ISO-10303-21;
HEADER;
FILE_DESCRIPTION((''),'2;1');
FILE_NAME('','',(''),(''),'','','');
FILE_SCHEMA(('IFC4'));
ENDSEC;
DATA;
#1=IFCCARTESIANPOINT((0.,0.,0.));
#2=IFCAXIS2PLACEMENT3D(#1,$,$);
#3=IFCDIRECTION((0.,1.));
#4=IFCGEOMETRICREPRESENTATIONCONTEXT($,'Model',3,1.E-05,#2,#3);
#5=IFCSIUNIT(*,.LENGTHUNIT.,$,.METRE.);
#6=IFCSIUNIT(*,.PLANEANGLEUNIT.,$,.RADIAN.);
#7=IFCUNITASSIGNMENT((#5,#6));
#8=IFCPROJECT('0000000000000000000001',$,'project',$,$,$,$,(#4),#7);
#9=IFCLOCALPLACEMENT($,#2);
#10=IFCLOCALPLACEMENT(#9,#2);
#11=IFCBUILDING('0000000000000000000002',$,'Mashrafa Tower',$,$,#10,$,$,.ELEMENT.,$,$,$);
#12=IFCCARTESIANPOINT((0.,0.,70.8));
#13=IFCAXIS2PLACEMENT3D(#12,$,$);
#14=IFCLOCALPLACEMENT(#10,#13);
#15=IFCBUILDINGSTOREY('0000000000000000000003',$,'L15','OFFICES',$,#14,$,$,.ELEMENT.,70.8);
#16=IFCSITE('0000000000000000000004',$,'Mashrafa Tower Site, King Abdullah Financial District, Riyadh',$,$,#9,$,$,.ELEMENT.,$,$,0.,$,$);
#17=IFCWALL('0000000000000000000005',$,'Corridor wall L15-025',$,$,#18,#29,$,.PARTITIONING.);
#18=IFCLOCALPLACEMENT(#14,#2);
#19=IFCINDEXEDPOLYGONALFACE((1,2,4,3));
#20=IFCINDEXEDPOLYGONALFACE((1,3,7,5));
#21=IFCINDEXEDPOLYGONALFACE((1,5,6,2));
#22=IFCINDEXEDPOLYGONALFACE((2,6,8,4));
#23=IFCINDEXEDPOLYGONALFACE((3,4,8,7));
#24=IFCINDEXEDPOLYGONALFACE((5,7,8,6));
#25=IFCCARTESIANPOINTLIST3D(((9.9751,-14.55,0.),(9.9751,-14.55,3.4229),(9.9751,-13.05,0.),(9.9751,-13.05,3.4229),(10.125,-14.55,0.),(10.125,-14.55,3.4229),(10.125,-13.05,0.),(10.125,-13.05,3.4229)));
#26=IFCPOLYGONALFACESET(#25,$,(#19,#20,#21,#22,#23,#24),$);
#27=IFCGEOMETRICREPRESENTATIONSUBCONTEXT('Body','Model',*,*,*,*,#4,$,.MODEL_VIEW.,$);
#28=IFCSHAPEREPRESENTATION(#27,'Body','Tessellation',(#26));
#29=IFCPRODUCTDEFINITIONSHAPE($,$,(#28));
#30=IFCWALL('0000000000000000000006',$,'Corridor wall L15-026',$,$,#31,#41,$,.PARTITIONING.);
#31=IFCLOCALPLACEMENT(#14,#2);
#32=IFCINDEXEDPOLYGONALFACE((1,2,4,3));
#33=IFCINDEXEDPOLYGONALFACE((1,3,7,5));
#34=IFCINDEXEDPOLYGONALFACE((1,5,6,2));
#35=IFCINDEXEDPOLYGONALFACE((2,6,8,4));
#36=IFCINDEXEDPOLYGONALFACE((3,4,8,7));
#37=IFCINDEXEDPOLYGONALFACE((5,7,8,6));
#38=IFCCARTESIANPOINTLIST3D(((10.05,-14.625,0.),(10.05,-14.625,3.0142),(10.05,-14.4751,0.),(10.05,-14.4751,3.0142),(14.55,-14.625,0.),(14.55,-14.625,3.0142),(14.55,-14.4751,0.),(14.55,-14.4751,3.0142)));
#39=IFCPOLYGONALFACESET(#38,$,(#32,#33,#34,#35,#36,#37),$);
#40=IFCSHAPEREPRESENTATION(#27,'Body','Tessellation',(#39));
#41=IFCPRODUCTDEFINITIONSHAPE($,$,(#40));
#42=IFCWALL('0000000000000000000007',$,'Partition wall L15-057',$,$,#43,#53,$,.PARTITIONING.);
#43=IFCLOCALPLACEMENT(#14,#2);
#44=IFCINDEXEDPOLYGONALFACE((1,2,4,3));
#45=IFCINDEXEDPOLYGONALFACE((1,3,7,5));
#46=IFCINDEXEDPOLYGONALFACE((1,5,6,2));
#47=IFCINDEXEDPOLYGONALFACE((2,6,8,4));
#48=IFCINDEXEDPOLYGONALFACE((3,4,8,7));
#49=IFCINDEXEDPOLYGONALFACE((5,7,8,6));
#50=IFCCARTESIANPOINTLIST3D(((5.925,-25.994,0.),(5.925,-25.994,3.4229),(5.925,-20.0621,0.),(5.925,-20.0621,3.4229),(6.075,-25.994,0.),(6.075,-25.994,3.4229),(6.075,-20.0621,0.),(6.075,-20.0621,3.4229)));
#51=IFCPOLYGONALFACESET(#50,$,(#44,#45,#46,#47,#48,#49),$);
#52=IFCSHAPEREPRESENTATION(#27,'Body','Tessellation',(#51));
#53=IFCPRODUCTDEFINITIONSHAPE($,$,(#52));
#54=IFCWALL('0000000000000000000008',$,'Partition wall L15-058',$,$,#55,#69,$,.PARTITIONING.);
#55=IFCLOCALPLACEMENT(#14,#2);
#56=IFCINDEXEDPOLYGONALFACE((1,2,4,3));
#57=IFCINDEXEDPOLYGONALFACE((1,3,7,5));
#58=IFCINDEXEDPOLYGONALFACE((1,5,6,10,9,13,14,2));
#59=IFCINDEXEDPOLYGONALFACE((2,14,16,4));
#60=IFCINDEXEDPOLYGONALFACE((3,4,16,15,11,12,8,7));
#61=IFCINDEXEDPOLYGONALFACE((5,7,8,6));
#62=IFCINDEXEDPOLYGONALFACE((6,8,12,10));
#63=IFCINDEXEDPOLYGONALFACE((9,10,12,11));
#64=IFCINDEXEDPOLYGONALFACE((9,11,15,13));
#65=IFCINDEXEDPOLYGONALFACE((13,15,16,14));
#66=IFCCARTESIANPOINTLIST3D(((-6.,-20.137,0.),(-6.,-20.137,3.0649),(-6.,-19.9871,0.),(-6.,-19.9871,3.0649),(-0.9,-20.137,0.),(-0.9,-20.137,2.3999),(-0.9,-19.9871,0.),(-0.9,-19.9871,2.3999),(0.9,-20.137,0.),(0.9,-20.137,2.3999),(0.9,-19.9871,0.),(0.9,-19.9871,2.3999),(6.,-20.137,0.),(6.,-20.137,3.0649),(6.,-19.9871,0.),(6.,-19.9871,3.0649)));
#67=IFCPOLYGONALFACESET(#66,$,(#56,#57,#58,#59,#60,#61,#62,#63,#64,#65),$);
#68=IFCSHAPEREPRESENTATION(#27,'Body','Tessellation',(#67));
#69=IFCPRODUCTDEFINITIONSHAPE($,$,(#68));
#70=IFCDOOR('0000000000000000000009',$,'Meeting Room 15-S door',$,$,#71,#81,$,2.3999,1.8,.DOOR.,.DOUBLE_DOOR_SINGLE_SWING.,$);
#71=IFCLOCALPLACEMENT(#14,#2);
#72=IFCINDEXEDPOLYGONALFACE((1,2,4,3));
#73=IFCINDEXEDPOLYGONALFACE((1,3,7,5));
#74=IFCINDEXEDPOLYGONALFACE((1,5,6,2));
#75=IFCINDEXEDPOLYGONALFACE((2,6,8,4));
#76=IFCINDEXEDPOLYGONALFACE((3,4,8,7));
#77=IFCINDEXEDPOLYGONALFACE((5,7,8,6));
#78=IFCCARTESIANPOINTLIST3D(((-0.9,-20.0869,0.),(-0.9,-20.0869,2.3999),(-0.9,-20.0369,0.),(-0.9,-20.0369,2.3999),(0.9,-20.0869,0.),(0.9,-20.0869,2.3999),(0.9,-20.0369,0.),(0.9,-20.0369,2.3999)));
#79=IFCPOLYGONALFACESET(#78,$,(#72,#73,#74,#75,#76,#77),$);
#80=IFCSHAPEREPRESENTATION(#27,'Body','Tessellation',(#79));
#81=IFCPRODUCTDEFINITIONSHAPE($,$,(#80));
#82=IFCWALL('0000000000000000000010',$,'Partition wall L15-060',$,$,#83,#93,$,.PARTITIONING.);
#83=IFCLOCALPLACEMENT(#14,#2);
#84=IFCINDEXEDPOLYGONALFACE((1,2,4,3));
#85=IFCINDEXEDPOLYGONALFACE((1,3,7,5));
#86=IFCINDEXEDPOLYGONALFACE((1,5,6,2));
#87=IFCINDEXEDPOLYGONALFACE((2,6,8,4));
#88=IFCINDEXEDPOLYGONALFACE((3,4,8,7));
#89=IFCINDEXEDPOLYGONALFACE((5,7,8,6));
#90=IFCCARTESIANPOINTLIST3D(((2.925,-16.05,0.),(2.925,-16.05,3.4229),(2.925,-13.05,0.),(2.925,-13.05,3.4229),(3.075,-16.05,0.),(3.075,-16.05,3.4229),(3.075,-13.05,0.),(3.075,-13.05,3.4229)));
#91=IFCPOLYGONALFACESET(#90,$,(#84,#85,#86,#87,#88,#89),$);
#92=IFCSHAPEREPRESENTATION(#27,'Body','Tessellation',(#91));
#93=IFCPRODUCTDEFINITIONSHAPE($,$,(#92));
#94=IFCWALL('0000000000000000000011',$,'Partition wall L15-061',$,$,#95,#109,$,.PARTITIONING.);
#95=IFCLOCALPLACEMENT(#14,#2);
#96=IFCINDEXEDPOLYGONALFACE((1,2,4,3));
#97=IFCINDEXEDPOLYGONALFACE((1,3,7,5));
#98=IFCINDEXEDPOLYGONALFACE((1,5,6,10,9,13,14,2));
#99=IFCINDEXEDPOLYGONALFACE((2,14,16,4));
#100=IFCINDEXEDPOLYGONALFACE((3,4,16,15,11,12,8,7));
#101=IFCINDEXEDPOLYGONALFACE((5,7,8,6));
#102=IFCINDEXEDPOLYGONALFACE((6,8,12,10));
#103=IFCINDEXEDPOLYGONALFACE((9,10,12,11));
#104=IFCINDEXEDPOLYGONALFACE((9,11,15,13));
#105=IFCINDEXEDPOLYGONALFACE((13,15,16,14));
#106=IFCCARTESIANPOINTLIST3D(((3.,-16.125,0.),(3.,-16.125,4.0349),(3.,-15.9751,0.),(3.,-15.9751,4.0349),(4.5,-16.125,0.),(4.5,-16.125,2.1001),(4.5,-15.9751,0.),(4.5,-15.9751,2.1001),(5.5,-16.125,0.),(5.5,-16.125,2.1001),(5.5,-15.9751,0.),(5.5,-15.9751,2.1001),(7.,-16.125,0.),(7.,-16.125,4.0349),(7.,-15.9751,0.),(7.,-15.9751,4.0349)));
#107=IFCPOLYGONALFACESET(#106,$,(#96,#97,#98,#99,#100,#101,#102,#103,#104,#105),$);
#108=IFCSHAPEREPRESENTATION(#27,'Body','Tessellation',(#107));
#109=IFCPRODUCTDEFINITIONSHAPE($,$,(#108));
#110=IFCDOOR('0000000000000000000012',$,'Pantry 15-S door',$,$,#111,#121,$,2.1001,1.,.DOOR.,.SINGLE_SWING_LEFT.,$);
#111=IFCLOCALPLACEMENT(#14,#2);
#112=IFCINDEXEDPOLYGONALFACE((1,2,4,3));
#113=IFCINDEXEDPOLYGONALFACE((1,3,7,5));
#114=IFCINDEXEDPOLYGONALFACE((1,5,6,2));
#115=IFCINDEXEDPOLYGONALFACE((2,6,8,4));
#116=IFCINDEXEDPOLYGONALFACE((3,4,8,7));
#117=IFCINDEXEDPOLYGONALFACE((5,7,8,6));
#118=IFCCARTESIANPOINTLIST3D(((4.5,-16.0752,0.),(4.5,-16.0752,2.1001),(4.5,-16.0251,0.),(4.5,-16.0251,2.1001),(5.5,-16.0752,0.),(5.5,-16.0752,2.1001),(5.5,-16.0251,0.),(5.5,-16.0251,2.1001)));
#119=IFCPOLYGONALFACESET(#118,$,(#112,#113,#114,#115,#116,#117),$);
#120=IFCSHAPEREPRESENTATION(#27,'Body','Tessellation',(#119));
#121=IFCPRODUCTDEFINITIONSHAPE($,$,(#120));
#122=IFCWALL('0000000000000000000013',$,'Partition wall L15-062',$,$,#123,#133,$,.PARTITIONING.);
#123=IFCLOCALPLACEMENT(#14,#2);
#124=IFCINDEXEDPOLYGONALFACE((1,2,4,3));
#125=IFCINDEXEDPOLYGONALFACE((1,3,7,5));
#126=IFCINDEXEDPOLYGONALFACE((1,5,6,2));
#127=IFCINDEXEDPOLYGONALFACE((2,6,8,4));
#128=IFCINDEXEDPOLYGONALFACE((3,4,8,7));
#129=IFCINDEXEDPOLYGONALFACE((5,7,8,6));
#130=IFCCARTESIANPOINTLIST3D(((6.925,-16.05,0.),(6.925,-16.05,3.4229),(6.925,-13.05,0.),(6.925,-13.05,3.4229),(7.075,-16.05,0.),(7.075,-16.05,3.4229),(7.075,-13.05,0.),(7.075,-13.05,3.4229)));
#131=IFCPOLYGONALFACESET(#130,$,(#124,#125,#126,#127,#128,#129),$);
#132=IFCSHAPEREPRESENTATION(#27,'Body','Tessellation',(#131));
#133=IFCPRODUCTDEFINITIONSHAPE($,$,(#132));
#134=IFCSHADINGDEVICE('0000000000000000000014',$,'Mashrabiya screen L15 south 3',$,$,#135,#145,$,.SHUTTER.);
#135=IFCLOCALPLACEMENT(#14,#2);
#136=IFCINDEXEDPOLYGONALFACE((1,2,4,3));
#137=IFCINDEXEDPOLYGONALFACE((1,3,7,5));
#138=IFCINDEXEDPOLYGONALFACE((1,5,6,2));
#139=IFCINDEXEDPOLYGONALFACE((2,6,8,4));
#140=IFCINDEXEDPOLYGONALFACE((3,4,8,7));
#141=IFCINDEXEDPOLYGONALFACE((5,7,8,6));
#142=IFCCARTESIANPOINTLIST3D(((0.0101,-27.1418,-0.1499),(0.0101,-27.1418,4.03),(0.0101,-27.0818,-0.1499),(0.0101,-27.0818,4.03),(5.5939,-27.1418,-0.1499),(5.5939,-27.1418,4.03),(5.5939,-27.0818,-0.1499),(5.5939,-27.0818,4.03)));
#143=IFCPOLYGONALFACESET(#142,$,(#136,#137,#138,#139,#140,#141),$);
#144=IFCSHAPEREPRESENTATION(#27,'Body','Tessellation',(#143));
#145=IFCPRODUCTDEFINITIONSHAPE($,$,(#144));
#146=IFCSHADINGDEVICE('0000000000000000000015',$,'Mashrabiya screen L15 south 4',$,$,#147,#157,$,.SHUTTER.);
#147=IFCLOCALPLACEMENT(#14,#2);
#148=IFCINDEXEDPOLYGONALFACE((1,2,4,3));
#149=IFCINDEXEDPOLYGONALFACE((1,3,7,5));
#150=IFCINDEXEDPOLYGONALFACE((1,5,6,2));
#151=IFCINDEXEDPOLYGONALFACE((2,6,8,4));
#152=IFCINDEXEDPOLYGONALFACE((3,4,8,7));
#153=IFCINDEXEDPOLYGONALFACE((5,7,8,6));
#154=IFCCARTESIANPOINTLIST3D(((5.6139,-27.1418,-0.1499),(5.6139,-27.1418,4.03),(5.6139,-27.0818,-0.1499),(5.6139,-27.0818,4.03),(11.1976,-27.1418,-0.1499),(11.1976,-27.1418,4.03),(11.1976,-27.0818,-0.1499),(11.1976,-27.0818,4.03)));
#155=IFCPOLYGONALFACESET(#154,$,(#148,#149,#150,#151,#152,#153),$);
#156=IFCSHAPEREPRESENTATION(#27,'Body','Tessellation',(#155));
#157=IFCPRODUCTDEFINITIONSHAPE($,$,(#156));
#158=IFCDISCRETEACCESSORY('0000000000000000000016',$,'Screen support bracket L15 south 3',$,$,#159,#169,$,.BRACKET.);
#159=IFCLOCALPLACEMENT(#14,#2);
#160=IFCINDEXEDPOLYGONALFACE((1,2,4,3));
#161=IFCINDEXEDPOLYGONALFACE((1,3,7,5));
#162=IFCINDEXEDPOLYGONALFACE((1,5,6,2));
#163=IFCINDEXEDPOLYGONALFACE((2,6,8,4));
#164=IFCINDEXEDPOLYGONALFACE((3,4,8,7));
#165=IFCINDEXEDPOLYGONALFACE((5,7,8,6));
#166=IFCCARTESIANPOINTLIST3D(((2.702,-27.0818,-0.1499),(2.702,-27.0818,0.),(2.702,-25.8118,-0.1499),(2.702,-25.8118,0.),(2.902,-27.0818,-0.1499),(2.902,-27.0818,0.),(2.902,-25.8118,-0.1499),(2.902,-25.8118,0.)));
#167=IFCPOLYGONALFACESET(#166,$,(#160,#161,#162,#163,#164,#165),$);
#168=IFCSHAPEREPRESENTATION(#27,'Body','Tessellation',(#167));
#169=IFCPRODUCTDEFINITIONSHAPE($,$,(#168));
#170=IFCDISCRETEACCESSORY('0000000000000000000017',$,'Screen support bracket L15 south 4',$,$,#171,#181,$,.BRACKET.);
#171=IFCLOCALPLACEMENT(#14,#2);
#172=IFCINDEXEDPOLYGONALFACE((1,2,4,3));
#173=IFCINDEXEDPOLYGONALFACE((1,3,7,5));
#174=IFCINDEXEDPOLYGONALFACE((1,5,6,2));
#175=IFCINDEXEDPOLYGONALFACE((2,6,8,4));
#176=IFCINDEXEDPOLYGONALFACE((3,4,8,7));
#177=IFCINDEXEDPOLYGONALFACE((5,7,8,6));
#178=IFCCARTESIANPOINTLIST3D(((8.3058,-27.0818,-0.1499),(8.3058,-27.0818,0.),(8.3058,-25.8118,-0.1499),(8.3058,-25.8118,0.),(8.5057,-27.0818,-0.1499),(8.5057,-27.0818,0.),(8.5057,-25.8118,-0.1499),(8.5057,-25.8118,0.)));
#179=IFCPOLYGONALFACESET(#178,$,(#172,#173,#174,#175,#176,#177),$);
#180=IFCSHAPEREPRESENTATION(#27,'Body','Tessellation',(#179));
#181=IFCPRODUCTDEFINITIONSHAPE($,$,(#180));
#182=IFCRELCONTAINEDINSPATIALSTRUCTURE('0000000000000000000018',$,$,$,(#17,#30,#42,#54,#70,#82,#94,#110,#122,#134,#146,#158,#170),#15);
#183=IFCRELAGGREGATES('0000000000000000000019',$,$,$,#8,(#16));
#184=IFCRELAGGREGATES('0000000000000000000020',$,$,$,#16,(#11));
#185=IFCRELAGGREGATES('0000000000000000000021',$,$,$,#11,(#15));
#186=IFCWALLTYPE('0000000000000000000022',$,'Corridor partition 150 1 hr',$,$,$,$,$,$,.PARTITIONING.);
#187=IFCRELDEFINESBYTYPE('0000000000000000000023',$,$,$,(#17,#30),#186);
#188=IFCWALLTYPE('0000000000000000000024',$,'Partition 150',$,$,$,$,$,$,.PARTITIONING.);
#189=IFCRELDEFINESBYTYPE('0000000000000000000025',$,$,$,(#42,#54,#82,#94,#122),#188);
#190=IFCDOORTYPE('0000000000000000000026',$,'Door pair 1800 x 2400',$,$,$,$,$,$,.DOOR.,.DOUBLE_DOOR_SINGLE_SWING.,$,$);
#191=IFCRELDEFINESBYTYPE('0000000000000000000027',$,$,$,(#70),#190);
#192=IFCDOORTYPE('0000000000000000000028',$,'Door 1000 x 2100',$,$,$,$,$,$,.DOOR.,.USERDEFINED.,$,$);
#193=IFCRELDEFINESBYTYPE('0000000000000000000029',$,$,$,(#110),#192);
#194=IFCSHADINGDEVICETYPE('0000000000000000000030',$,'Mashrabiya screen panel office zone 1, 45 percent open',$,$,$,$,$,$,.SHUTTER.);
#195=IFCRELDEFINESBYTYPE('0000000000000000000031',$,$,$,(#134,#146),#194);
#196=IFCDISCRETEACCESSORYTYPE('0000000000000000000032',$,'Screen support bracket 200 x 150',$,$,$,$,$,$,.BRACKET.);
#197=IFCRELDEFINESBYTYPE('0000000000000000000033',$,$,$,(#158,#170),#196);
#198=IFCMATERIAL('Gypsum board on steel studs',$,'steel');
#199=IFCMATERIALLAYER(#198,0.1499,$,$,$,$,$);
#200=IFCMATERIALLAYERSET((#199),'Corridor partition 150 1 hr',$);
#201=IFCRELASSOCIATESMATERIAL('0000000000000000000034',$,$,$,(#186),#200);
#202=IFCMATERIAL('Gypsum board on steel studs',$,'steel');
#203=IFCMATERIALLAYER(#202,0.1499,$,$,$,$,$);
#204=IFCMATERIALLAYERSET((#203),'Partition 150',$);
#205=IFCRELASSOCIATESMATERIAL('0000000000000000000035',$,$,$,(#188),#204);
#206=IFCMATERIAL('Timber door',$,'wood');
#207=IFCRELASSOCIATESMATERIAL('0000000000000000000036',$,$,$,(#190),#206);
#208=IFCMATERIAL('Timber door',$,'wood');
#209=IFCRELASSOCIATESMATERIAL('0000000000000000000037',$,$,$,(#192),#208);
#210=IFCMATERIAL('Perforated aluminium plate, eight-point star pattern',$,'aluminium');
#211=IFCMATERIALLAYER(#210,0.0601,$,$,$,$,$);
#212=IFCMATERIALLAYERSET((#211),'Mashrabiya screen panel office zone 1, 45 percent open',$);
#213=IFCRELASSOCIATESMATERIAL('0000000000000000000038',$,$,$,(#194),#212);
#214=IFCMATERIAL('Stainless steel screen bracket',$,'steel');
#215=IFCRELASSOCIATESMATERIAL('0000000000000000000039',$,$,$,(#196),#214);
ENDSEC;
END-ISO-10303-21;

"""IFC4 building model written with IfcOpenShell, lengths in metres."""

from ifc_helpers import new_model, si_unit, direction, frame, frame_2d, origin, origin_2d, place, context, subcontext, project, spatial, rectangle, extrude, source, transform, mapped, material, layer, layer_set, type_object, type_shapes, element, fill, save


model = new_model("IFC4")

# Units and contexts
model_context = context("Model", 3, precision=1e-05, world=origin(), true_north=direction((0.0, 1.0)))
body_context = subcontext(model_context, "Body", "Model", "MODEL_VIEW")
ifc_project = project(units=[si_unit("LENGTHUNIT", "METRE"), si_unit("PLANEANGLEUNIT", "RADIAN")], contexts=[model_context])

# Site, building, storey
site_placement = place(None, origin())
site = spatial("IfcSite", under=ifc_project, at=site_placement, Name="Mashrafa Tower Site, King Abdullah Financial District, Riyadh", CompositionType="ELEMENT", RefElevation=0.0)
building_placement = place(site_placement, origin())
building = spatial("IfcBuilding", under=site, at=building_placement, Name="Mashrafa Tower", CompositionType="ELEMENT")
storey_placement = place(building_placement, frame((0.0, 0.0, 70.8)))
storey = spatial("IfcBuildingStorey", under=building, at=storey_placement, Name="L15", Description="OFFICES", CompositionType="ELEMENT", Elevation=70.8)

# Walls
ifc_material_1 = material(Name="Gypsum board on steel studs", Category="steel")
ifc_layer_1 = layer(ifc_material_1, 0.1499)
ifc_layer_set_1 = layer_set([ifc_layer_1], Name="Corridor partition 150 1 hr")
wall_type_1 = type_object("IfcWallType", Name="Corridor partition 150 1 hr", PredefinedType="PARTITIONING", material=ifc_layer_set_1)
wall_1_placement = place(storey_placement, frame((10.05, -13.05, 0.0), z_axis=(0.0, 0.0, 1.0), x_axis=(0.0, -1.0, 0.0)))
element("IfcWall", 1, at=wall_1_placement, inside=storey, type_object=wall_type_1, Name="Corridor wall L15-025", PredefinedType="PARTITIONING", context=body_context, shape_type="SweptSolid", body=[
    extrude(rectangle(XDim=1.5, YDim=0.1499, at=frame_2d((0.75, 0.0))), origin(), (0.0, 0.0, 1.0), 3.4229),
])
wall_2_placement = place(storey_placement, frame((10.05, -14.55, 0.0), z_axis=(0.0, 0.0, 1.0), x_axis=(1.0, 0.0, 0.0)))
element("IfcWall", 2, at=wall_2_placement, inside=storey, type_object=wall_type_1, Name="Corridor wall L15-026", PredefinedType="PARTITIONING", context=body_context, shape_type="SweptSolid", body=[
    extrude(rectangle(XDim=4.5, YDim=0.1499, at=frame_2d((2.25, 0.0))), origin(), (0.0, 0.0, 1.0), 3.0142),
])
ifc_material_2 = material(Name="Gypsum board on steel studs", Category="steel")
ifc_layer_2 = layer(ifc_material_2, 0.1499)
ifc_layer_set_2 = layer_set([ifc_layer_2], Name="Partition 150")
wall_type_2 = type_object("IfcWallType", Name="Partition 150", PredefinedType="PARTITIONING", material=ifc_layer_set_2)
wall_3_placement = place(storey_placement, frame((6.0, -25.9939, 0.0), z_axis=(0.0, 0.0, 1.0), x_axis=(0.0, 1.0, 0.0)))
element("IfcWall", 3, at=wall_3_placement, inside=storey, type_object=wall_type_2, Name="Partition wall L15-057", PredefinedType="PARTITIONING", context=body_context, shape_type="SweptSolid", body=[
    extrude(rectangle(XDim=5.9319, YDim=0.1499, at=frame_2d((2.9658, 0.0))), origin(), (0.0, 0.0, 1.0), 3.4229),
])

# Wall, opening, door
wall_4_placement = place(storey_placement, frame((6.0, -20.062, 0.0), z_axis=(0.0, 0.0, 1.0), x_axis=(-1.0, 0.0, 0.0)))
wall_4 = element("IfcWall", 4, at=wall_4_placement, inside=storey, type_object=wall_type_2, Name="Partition wall L15-058", PredefinedType="PARTITIONING", context=body_context, shape_type="SweptSolid", body=[
    extrude(rectangle(XDim=12.0, YDim=0.1499, at=frame_2d((6.0, 0.0))), origin(), (0.0, 0.0, 1.0), 3.0649),
])
opening_1_placement = place(wall_4_placement, frame((5.1001, 0.0, 0.0)))
opening_1 = element("IfcOpeningElement", 5, at=opening_1_placement, cuts=wall_4, PredefinedType="OPENING", context=body_context, shape_type="SweptSolid", body=[
    extrude(rectangle(XDim=1.8, YDim=2.3999, at=frame_2d((0.8999, 1.2))), frame((0.0, 0.085, 0.0), z_axis=(0.0, -1.0, 0.0), x_axis=(1.0, 0.0, 0.0)), (0.0, 0.0, 1.0), 0.1699),
])
ifc_material_3 = material(Name="Timber door", Category="wood")
door_type_1 = type_object("IfcDoorType", Name="Door pair 1800 x 2400", OperationType="DOUBLE_DOOR_SINGLE_SWING", PredefinedType="DOOR", material=ifc_material_3)
door_1_placement = place(opening_1_placement, origin())
door_1 = element("IfcDoor", 6, at=door_1_placement, inside=storey, type_object=door_type_1, Name="Meeting Room 15-S door", OperationType="DOUBLE_DOOR_SINGLE_SWING", OverallHeight=2.3999, OverallWidth=1.8, PredefinedType="DOOR", context=body_context, shape_type="SweptSolid", body=[
    extrude(rectangle(XDim=1.8, YDim=2.3999, at=frame_2d((0.8999, 1.2))), frame((0.0, 0.0249, 0.0), z_axis=(0.0, -1.0, 0.0), x_axis=(1.0, 0.0, 0.0)), (0.0, 0.0, 1.0), 0.05),
])
fill(opening_1, door_1)

# Wall
wall_5_placement = place(storey_placement, frame((3.0, -13.05, 0.0), z_axis=(0.0, 0.0, 1.0), x_axis=(0.0, -1.0, 0.0)))
element("IfcWall", 7, at=wall_5_placement, inside=storey, type_object=wall_type_2, Name="Partition wall L15-060", PredefinedType="PARTITIONING", context=body_context, shape_type="SweptSolid", body=[
    extrude(rectangle(XDim=3.0, YDim=0.1499, at=frame_2d((1.5, 0.0))), origin(), (0.0, 0.0, 1.0), 3.4229),
])

# Wall, opening, door
wall_6_placement = place(storey_placement, frame((3.0, -16.05, 0.0), z_axis=(0.0, 0.0, 1.0), x_axis=(1.0, 0.0, 0.0)))
wall_6 = element("IfcWall", 8, at=wall_6_placement, inside=storey, type_object=wall_type_2, Name="Partition wall L15-061", PredefinedType="PARTITIONING", context=body_context, shape_type="SweptSolid", body=[
    extrude(rectangle(XDim=4.0, YDim=0.1499, at=frame_2d((2.0, 0.0))), origin(), (0.0, 0.0, 1.0), 4.0349),
])
opening_2_placement = place(wall_6_placement, frame((1.5, 0.0, 0.0)))
opening_2 = element("IfcOpeningElement", 9, at=opening_2_placement, cuts=wall_6, PredefinedType="OPENING", context=body_context, shape_type="SweptSolid", body=[
    extrude(rectangle(XDim=1.0, YDim=2.1001, at=frame_2d((0.5, 1.05))), frame((0.0, 0.085, 0.0), z_axis=(0.0, -1.0, 0.0), x_axis=(1.0, 0.0, 0.0)), (0.0, 0.0, 1.0), 0.1699),
])
ifc_material_4 = material(Name="Timber door", Category="wood")
door_type_2 = type_object("IfcDoorType", Name="Door 1000 x 2100", OperationType="USERDEFINED", PredefinedType="DOOR", material=ifc_material_4)
door_2_placement = place(opening_2_placement, origin())
door_2 = element("IfcDoor", 10, at=door_2_placement, inside=storey, type_object=door_type_2, Name="Pantry 15-S door", OperationType="SINGLE_SWING_LEFT", OverallHeight=2.1001, OverallWidth=1.0, PredefinedType="DOOR", context=body_context, shape_type="SweptSolid", body=[
    extrude(rectangle(XDim=1.0, YDim=2.1001, at=frame_2d((0.5, 1.05))), frame((0.0, 0.0249, 0.0), z_axis=(0.0, -1.0, 0.0), x_axis=(1.0, 0.0, 0.0)), (0.0, 0.0, 1.0), 0.05),
])
fill(opening_2, door_2)

# Wall
wall_7_placement = place(storey_placement, frame((7.0, -16.05, 0.0), z_axis=(0.0, 0.0, 1.0), x_axis=(0.0, 1.0, 0.0)))
element("IfcWall", 11, at=wall_7_placement, inside=storey, type_object=wall_type_2, Name="Partition wall L15-062", PredefinedType="PARTITIONING", context=body_context, shape_type="SweptSolid", body=[
    extrude(rectangle(XDim=3.0, YDim=0.1499, at=frame_2d((1.5, 0.0))), origin(), (0.0, 0.0, 1.0), 3.4229),
])

# Shading devices
ifc_material_5 = material(Name="Perforated aluminium plate, eight-point star pattern", Category="aluminium")
ifc_layer_3 = layer(ifc_material_5, 0.0601)
ifc_layer_set_3 = layer_set([ifc_layer_3], Name="Mashrabiya screen panel office zone 1, 45 percent open")
shading_device_type = type_object("IfcShadingDeviceType", Name="Mashrabiya screen panel office zone 1, 45 percent open", PredefinedType="SHUTTER", material=ifc_layer_set_3)
shared_shape_1 = source(origin(), body_context, "Body", "SweptSolid", [
    extrude(rectangle(XDim=5.5837, YDim=0.0601, at=origin_2d()), origin(), (0.0, 0.0, 1.0), 4.1799),
])
type_shapes(shading_device_type, [shared_shape_1])
for number, where, z_axis, x_axis, name in (
    (12, (2.802, -27.1118, -0.1499), (0.0, 0.0, 1.0), (1.0, 0.0, 0.0), "Mashrabiya screen L15 south 3"),
    (13, (8.4058, -27.1118, -0.1499), (0.0, 0.0, 1.0), (1.0, 0.0, 0.0), "Mashrabiya screen L15 south 4"),
):
    element("IfcShadingDevice", number, at=place(storey_placement, frame(where, z_axis=z_axis, x_axis=x_axis)), inside=storey, type_object=shading_device_type, Name=name, PredefinedType="SHUTTER", context=body_context, shape_type="MappedRepresentation", body=[
        mapped(shared_shape_1, transform((0.0, 0.0, 0.0))),
    ])

# Discrete accessories
ifc_material_6 = material(Name="Stainless steel screen bracket", Category="steel")
discrete_accessory_type = type_object("IfcDiscreteAccessoryType", Name="Screen support bracket 200 x 150", PredefinedType="BRACKET", material=ifc_material_6)
shared_shape_2 = source(origin(), body_context, "Body", "SweptSolid", [
    extrude(rectangle(XDim=0.2, YDim=1.27, at=origin_2d()), origin(), (0.0, 0.0, 1.0), 0.1499),
])
type_shapes(discrete_accessory_type, [shared_shape_2])
for number, where, z_axis, x_axis, name in (
    (14, (2.802, -26.4468, -0.1499), (0.0, 0.0, 1.0), (1.0, 0.0, 0.0), "Screen support bracket L15 south 3"),
    (15, (8.4058, -26.4468, -0.1499), (0.0, 0.0, 1.0), (1.0, 0.0, 0.0), "Screen support bracket L15 south 4"),
):
    element("IfcDiscreteAccessory", number, at=place(storey_placement, frame(where, z_axis=z_axis, x_axis=x_axis)), inside=storey, type_object=discrete_accessory_type, Name=name, PredefinedType="BRACKET", context=body_context, shape_type="MappedRepresentation", body=[
        mapped(shared_shape_2, transform((0.0, 0.0, 0.0))),
    ])

save(model, "model.ifc")
